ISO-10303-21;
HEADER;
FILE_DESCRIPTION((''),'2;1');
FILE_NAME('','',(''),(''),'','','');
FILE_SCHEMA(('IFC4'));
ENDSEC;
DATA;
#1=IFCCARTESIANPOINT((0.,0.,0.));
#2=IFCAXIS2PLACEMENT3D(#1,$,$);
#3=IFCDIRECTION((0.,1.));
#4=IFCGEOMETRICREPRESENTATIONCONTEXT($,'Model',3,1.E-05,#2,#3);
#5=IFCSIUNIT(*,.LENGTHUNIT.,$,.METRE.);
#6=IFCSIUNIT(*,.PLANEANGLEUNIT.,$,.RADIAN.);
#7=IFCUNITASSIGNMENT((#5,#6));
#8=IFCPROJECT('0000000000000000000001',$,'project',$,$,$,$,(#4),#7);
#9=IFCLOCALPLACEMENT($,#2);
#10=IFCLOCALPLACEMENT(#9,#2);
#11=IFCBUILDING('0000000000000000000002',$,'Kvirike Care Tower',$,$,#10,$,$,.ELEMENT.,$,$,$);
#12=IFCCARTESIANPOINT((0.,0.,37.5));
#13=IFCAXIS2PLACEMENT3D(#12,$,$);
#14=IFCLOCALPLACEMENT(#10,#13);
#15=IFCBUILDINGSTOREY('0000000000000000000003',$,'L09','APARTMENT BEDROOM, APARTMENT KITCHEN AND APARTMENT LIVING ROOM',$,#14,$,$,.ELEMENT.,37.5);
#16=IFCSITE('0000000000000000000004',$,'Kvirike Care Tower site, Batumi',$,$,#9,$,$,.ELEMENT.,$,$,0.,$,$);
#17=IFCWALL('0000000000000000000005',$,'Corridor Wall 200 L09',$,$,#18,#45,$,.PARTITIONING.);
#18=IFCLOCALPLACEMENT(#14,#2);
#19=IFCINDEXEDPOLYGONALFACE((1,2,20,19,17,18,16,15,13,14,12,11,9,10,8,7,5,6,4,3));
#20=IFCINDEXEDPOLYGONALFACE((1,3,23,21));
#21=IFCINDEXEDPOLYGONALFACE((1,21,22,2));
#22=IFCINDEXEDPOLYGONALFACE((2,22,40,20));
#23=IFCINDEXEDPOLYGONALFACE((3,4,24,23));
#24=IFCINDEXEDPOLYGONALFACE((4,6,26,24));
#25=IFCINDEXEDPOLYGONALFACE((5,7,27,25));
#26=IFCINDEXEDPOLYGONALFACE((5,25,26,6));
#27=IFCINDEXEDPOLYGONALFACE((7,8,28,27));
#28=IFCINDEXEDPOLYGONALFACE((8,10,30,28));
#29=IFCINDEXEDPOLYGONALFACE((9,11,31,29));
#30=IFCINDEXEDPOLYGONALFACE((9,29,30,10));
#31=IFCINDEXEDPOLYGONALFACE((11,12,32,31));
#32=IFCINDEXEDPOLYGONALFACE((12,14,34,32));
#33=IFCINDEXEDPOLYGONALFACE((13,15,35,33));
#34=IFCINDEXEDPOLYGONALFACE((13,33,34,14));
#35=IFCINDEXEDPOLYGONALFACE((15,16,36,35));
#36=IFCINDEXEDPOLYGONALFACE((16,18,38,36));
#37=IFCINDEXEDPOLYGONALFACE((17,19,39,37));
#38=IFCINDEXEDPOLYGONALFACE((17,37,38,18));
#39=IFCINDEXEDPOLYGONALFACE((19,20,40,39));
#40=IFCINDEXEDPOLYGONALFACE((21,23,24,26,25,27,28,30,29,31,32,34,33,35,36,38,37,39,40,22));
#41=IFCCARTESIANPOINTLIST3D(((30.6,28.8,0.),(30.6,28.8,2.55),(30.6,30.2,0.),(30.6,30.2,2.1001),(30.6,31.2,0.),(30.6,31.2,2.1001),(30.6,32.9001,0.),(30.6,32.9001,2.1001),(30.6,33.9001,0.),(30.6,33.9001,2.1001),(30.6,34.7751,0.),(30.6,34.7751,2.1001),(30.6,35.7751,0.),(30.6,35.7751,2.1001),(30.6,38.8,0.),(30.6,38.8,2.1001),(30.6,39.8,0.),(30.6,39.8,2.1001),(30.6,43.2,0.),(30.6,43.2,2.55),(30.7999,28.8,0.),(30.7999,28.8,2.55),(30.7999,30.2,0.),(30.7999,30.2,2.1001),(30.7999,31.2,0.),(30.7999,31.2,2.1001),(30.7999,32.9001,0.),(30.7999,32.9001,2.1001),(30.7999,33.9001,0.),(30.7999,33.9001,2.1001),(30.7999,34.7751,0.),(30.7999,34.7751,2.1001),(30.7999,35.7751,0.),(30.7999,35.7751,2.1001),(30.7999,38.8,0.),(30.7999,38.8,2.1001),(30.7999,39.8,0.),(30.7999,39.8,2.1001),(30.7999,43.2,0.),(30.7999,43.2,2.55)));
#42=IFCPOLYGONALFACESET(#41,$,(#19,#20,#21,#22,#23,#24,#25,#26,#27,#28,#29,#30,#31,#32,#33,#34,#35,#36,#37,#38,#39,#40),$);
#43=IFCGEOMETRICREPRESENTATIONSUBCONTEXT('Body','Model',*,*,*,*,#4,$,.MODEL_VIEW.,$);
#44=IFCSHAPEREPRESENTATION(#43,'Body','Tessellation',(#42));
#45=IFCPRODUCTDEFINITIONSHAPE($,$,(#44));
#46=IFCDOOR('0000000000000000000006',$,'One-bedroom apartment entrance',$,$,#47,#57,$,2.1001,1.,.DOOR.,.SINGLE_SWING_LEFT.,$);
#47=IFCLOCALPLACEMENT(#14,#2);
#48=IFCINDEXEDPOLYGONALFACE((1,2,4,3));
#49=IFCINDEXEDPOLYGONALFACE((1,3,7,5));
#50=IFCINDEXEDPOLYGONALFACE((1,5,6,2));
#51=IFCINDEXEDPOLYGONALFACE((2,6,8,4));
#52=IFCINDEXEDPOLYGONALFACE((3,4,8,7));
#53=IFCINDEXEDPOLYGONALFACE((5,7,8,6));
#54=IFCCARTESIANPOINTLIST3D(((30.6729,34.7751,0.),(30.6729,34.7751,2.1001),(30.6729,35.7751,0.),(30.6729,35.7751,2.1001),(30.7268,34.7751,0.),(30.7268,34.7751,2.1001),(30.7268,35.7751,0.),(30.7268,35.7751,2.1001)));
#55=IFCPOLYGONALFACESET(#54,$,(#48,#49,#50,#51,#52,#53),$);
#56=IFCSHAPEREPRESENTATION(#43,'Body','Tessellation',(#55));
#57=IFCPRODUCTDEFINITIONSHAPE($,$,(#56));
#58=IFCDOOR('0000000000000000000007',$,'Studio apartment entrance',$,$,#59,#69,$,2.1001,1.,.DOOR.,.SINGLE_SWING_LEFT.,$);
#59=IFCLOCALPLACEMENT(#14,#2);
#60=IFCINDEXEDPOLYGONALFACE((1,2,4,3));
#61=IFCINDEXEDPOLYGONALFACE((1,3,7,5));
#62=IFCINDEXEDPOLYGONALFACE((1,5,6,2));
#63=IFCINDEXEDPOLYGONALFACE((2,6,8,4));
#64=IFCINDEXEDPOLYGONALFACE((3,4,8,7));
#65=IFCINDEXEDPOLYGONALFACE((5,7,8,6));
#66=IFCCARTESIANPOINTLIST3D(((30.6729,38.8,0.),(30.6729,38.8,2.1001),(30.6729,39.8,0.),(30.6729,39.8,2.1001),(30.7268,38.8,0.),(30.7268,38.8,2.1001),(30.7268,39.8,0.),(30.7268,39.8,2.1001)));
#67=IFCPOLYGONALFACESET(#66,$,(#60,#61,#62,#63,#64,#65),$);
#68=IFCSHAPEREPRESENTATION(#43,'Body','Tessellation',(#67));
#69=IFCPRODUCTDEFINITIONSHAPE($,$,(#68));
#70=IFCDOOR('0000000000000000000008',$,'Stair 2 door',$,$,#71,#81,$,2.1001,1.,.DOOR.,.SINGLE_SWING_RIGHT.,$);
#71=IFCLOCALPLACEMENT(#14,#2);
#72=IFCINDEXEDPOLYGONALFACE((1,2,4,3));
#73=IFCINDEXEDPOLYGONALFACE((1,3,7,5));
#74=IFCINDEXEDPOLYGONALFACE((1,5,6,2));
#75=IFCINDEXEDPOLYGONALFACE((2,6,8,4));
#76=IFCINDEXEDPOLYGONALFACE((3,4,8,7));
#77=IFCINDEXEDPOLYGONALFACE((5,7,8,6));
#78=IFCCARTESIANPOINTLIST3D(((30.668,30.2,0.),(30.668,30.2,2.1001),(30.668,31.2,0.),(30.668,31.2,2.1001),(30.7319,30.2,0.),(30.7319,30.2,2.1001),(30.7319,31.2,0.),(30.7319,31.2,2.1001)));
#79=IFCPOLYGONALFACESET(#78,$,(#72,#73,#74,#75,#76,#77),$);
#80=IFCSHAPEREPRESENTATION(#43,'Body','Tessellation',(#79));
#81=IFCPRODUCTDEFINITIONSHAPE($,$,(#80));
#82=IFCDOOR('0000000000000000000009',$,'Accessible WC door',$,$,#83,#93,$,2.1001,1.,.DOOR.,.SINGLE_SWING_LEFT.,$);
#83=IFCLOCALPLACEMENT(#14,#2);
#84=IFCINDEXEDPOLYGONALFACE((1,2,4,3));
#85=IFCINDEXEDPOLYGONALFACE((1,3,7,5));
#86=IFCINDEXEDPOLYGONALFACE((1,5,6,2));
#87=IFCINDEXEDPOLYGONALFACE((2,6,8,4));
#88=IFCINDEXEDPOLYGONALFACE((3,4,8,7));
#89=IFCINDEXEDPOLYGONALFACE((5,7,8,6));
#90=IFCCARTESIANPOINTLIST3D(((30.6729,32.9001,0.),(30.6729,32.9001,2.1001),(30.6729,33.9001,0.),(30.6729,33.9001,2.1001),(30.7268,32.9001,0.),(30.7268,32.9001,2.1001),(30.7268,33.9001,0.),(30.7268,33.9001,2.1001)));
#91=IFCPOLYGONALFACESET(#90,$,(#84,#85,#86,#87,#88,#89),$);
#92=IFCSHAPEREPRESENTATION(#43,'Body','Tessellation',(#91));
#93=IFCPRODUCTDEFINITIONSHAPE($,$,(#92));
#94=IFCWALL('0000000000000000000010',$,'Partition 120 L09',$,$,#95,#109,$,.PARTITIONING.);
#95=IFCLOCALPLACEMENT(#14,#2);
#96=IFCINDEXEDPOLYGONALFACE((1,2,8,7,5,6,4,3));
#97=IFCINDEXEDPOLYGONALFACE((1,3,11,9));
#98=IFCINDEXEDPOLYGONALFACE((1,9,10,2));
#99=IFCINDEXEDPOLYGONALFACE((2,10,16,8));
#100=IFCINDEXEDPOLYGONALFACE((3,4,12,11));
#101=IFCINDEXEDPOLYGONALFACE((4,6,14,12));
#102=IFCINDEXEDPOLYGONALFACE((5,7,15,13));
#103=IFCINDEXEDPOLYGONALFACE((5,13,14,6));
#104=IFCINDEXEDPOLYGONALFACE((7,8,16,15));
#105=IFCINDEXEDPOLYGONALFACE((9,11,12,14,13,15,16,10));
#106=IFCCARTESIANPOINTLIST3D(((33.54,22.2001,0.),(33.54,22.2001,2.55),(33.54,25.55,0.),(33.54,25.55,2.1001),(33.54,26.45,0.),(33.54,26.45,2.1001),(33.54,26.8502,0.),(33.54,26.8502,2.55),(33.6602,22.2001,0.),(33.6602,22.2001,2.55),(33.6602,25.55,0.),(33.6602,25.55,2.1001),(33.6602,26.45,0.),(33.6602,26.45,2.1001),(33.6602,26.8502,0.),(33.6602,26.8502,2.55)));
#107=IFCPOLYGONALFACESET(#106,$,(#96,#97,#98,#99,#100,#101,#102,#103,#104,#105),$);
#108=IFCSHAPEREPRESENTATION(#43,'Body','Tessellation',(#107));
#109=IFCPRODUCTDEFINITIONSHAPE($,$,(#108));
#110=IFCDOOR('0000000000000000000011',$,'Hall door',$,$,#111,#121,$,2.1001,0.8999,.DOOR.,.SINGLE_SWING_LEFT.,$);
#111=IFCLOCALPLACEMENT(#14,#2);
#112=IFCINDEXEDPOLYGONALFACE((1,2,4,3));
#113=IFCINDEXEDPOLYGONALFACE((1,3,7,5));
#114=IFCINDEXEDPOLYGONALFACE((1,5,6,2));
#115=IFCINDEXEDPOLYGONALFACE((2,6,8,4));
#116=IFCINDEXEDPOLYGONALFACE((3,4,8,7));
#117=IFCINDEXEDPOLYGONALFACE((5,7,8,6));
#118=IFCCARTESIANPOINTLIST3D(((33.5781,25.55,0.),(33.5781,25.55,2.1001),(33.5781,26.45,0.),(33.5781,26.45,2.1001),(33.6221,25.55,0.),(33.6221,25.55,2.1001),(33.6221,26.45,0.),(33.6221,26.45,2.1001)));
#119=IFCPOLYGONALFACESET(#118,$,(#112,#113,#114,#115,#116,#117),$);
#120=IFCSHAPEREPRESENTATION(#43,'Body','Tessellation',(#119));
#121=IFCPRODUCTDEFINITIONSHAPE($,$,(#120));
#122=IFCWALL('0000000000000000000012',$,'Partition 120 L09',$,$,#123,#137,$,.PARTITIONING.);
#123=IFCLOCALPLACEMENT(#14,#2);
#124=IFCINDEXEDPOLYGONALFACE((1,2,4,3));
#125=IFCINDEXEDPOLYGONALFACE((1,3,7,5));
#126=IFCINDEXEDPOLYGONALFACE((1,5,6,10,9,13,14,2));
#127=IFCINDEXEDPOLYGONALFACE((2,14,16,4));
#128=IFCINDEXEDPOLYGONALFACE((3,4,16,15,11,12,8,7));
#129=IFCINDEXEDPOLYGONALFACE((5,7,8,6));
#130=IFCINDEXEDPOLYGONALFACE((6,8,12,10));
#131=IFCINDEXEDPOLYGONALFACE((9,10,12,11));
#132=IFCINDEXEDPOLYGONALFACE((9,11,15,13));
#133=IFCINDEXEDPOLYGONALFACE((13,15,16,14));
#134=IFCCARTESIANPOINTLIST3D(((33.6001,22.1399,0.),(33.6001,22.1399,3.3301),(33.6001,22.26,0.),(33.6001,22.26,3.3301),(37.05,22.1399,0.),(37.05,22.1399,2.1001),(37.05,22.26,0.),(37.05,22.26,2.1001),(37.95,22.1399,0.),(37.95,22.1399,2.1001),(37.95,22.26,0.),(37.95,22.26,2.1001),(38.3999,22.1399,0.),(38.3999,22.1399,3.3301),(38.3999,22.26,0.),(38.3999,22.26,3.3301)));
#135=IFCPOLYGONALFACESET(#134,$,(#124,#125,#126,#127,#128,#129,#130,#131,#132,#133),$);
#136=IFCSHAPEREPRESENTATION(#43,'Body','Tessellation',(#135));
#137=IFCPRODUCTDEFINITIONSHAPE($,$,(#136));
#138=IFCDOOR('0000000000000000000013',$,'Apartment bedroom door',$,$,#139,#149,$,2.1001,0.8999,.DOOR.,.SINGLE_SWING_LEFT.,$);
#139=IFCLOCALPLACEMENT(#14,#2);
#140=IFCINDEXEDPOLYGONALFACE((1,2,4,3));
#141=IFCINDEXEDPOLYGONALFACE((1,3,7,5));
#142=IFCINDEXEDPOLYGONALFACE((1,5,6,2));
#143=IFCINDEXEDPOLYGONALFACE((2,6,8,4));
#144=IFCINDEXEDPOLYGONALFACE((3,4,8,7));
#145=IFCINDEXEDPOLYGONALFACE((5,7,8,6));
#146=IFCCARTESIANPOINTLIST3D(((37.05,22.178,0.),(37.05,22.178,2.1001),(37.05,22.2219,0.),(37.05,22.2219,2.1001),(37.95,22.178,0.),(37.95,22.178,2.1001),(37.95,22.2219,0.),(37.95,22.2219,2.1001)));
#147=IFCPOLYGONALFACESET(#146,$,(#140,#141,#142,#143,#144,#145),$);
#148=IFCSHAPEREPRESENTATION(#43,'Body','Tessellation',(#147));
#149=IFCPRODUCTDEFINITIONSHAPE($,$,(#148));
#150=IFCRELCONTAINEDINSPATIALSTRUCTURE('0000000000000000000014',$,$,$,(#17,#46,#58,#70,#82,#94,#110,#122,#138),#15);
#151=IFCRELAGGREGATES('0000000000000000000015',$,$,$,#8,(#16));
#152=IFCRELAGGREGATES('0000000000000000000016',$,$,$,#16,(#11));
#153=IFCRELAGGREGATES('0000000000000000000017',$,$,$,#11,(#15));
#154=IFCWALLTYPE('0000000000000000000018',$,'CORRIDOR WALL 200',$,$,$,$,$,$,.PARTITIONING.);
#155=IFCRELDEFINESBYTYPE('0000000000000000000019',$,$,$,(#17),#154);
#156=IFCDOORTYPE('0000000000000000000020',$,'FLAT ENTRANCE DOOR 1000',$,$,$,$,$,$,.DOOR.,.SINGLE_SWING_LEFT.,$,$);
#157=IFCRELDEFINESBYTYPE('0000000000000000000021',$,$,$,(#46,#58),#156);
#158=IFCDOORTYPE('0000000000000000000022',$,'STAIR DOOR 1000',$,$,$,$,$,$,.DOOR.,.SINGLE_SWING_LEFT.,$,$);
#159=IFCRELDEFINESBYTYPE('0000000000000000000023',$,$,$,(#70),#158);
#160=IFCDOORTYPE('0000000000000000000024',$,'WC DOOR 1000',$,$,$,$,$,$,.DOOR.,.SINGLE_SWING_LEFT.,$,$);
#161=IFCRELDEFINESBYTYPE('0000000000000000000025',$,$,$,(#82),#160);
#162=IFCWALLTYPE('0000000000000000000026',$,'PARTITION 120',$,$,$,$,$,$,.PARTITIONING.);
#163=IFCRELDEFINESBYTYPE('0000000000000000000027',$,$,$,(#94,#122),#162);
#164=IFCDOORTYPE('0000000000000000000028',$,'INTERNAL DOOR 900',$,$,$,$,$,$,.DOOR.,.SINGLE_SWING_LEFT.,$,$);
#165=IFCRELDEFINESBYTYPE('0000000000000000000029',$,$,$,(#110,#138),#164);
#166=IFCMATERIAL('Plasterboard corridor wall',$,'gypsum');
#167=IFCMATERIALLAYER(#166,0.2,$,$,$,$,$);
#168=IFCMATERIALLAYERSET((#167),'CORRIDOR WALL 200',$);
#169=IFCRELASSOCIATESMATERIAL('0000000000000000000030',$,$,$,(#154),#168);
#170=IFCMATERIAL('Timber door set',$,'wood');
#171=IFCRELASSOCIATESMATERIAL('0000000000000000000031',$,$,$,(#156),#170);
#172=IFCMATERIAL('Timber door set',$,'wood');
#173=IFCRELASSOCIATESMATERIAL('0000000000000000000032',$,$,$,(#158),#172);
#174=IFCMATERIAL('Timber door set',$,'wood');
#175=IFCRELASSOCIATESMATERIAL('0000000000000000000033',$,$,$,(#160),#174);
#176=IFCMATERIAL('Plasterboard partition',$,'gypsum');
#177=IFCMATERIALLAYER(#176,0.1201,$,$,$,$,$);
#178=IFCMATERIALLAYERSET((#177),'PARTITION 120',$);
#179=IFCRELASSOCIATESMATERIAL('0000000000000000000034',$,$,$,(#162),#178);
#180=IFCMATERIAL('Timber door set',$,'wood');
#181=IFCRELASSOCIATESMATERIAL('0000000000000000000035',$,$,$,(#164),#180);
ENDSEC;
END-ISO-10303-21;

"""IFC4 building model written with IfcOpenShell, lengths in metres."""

from ifc_helpers import new_model, si_unit, direction, frame, frame_2d, origin, place, context, subcontext, project, spatial, rectangle, extrude, material, layer, layer_set, type_object, element, fill, save


model = new_model("IFC4")

# Units and contexts
model_context = context("Model", 3, precision=1e-05, world=origin(), true_north=direction((0.0, 1.0)))
body_context = subcontext(model_context, "Body", "Model", "MODEL_VIEW")
ifc_project = project(units=[si_unit("LENGTHUNIT", "METRE"), si_unit("PLANEANGLEUNIT", "RADIAN")], contexts=[model_context])

# Site, building, storey
site_placement = place(None, origin())
site = spatial("IfcSite", under=ifc_project, at=site_placement, Name="Kvirike Care Tower site, Batumi", CompositionType="ELEMENT", RefElevation=0.0)
building_placement = place(site_placement, origin())
building = spatial("IfcBuilding", under=site, at=building_placement, Name="Kvirike Care Tower", CompositionType="ELEMENT")
storey_placement = place(building_placement, frame((0.0, 0.0, 37.5)))
storey = spatial("IfcBuildingStorey", under=building, at=storey_placement, Name="L09", Description="APARTMENT BEDROOM, APARTMENT KITCHEN AND APARTMENT LIVING ROOM", CompositionType="ELEMENT", Elevation=37.5)

# Shared definitions
ifc_material_1 = material(Name="Plasterboard corridor wall", Category="gypsum")
ifc_layer_1 = layer(ifc_material_1, 0.2)
ifc_layer_set_1 = layer_set([ifc_layer_1], Name="CORRIDOR WALL 200")
wall_type_1 = type_object("IfcWallType", Name="CORRIDOR WALL 200", PredefinedType="PARTITIONING", material=ifc_layer_set_1)
ifc_material_2 = material(Name="Timber door set", Category="wood")
door_type_1 = type_object("IfcDoorType", Name="FLAT ENTRANCE DOOR 1000", OperationType="SINGLE_SWING_LEFT", PredefinedType="DOOR", material=ifc_material_2)

# Wall, openings, doors
wall_1_placement = place(storey_placement, frame((30.7, 28.8, 0.0), z_axis=(0.0, 0.0, 1.0), x_axis=(0.0, 1.0, 0.0)))
wall_1 = element("IfcWall", 1, at=wall_1_placement, inside=storey, type_object=wall_type_1, Name="Corridor Wall 200 L09", PredefinedType="PARTITIONING", context=body_context, shape_type="SweptSolid", body=[
    extrude(rectangle(XDim=14.3999, YDim=0.2, at=frame_2d((7.2, 0.0))), origin(), (0.0, 0.0, 1.0), 2.55),
])
opening_1_placement = place(wall_1_placement, frame((1.3999, 0.0, 0.0)))
opening_1 = element("IfcOpeningElement", 2, at=opening_1_placement, cuts=wall_1, PredefinedType="OPENING", context=body_context, shape_type="SweptSolid", body=[
    extrude(rectangle(XDim=1.0, YDim=2.1001, at=frame_2d((0.5, 1.05))), frame((0.0, 0.1106, 0.0), z_axis=(0.0, -1.0, 0.0), x_axis=(1.0, 0.0, 0.0)), (0.0, 0.0, 1.0), 0.2209),
])
opening_2_placement = place(wall_1_placement, frame((4.1001, 0.0, 0.0)))
opening_2 = element("IfcOpeningElement", 3, at=opening_2_placement, cuts=wall_1, PredefinedType="OPENING", context=body_context, shape_type="SweptSolid", body=[
    extrude(rectangle(XDim=1.0, YDim=2.1001, at=frame_2d((0.5, 1.05))), frame((0.0, 0.1106, 0.0), z_axis=(0.0, -1.0, 0.0), x_axis=(1.0, 0.0, 0.0)), (0.0, 0.0, 1.0), 0.2209),
])
opening_3_placement = place(wall_1_placement, frame((5.9751, 0.0, 0.0)))
opening_3 = element("IfcOpeningElement", 4, at=opening_3_placement, cuts=wall_1, PredefinedType="OPENING", context=body_context, shape_type="SweptSolid", body=[
    extrude(rectangle(XDim=1.0, YDim=2.1001, at=frame_2d((0.5, 1.05))), frame((0.0, 0.1106, 0.0), z_axis=(0.0, -1.0, 0.0), x_axis=(1.0, 0.0, 0.0)), (0.0, 0.0, 1.0), 0.2209),
])
opening_4_placement = place(wall_1_placement, frame((10.0, 0.0, 0.0)))
opening_4 = element("IfcOpeningElement", 5, at=opening_4_placement, cuts=wall_1, PredefinedType="OPENING", context=body_context, shape_type="SweptSolid", body=[
    extrude(rectangle(XDim=1.0, YDim=2.1001, at=frame_2d((0.5, 1.05))), frame((0.0, 0.1106, 0.0), z_axis=(0.0, -1.0, 0.0), x_axis=(1.0, 0.0, 0.0)), (0.0, 0.0, 1.0), 0.2209),
])
door_1_placement = place(opening_3_placement, frame((1.0, 0.0, 0.0), z_axis=(0.0, 0.0, 1.0), x_axis=(-1.0, 0.0, 0.0)))
door_1 = element("IfcDoor", 6, at=door_1_placement, inside=storey, type_object=door_type_1, Name="One-bedroom apartment entrance", OperationType="SINGLE_SWING_LEFT", OverallHeight=2.1001, OverallWidth=1.0, PredefinedType="DOOR", context=body_context, shape_type="SweptSolid", body=[
    extrude(rectangle(XDim=1.0, YDim=2.1001, at=frame_2d((0.5, 1.05))), frame((0.0, 0.0269, 0.0), z_axis=(0.0, -1.0, 0.0), x_axis=(1.0, 0.0, 0.0)), (0.0, 0.0, 1.0), 0.054),
])
fill(opening_3, door_1)
door_2_placement = place(opening_4_placement, frame((1.0, 0.0, 0.0), z_axis=(0.0, 0.0, 1.0), x_axis=(-1.0, 0.0, 0.0)))
door_2 = element("IfcDoor", 7, at=door_2_placement, inside=storey, type_object=door_type_1, Name="Studio apartment entrance", OperationType="SINGLE_SWING_LEFT", OverallHeight=2.1001, OverallWidth=1.0, PredefinedType="DOOR", context=body_context, shape_type="SweptSolid", body=[
    extrude(rectangle(XDim=1.0, YDim=2.1001, at=frame_2d((0.5, 1.05))), frame((0.0, 0.0269, 0.0), z_axis=(0.0, -1.0, 0.0), x_axis=(1.0, 0.0, 0.0)), (0.0, 0.0, 1.0), 0.054),
])
fill(opening_4, door_2)
ifc_material_3 = material(Name="Timber door set", Category="wood")
door_type_2 = type_object("IfcDoorType", Name="STAIR DOOR 1000", OperationType="SINGLE_SWING_LEFT", PredefinedType="DOOR", material=ifc_material_3)
door_3_placement = place(opening_1_placement, frame((1.0, 0.0, 0.0), z_axis=(0.0, 0.0, 1.0), x_axis=(-1.0, 0.0, 0.0)))
door_3 = element("IfcDoor", 8, at=door_3_placement, inside=storey, type_object=door_type_2, Name="Stair 2 door", OperationType="SINGLE_SWING_RIGHT", OverallHeight=2.1001, OverallWidth=1.0, PredefinedType="DOOR", context=body_context, shape_type="SweptSolid", body=[
    extrude(rectangle(XDim=1.0, YDim=2.1001, at=frame_2d((0.5, 1.05))), frame((0.0, 0.032, 0.0), z_axis=(0.0, -1.0, 0.0), x_axis=(1.0, 0.0, 0.0)), (0.0, 0.0, 1.0), 0.064),
])
fill(opening_1, door_3)
ifc_material_4 = material(Name="Timber door set", Category="wood")
door_type_3 = type_object("IfcDoorType", Name="WC DOOR 1000", OperationType="SINGLE_SWING_LEFT", PredefinedType="DOOR", material=ifc_material_4)
door_4_placement = place(opening_2_placement, frame((1.0, 0.0, 0.0), z_axis=(0.0, 0.0, 1.0), x_axis=(-1.0, 0.0, 0.0)))
door_4 = element("IfcDoor", 9, at=door_4_placement, inside=storey, type_object=door_type_3, Name="Accessible WC door", OperationType="SINGLE_SWING_LEFT", OverallHeight=2.1001, OverallWidth=1.0, PredefinedType="DOOR", context=body_context, shape_type="SweptSolid", body=[
    extrude(rectangle(XDim=1.0, YDim=2.1001, at=frame_2d((0.5, 1.05))), frame((0.0, 0.0269, 0.0), z_axis=(0.0, -1.0, 0.0), x_axis=(1.0, 0.0, 0.0)), (0.0, 0.0, 1.0), 0.054),
])
fill(opening_2, door_4)

# Walls, openings, doors
ifc_material_5 = material(Name="Plasterboard partition", Category="gypsum")
ifc_layer_2 = layer(ifc_material_5, 0.1201)
ifc_layer_set_2 = layer_set([ifc_layer_2], Name="PARTITION 120")
wall_type_2 = type_object("IfcWallType", Name="PARTITION 120", PredefinedType="PARTITIONING", material=ifc_layer_set_2)
wall_2_placement = place(storey_placement, frame((33.6001, 22.2, 0.0), z_axis=(0.0, 0.0, 1.0), x_axis=(0.0, 1.0, 0.0)))
wall_2 = element("IfcWall", 10, at=wall_2_placement, inside=storey, type_object=wall_type_2, Name="Partition 120 L09", PredefinedType="PARTITIONING", context=body_context, shape_type="SweptSolid", body=[
    extrude(rectangle(XDim=4.6501, YDim=0.1201, at=frame_2d((2.3252, 0.0))), origin(), (0.0, 0.0, 1.0), 2.55),
])
opening_5_placement = place(wall_2_placement, frame((3.3501, 0.0, 0.0)))
opening_5 = element("IfcOpeningElement", 11, at=opening_5_placement, cuts=wall_2, PredefinedType="OPENING", context=body_context, shape_type="SweptSolid", body=[
    extrude(rectangle(XDim=0.8999, YDim=2.1001, at=frame_2d((0.45, 1.05))), frame((0.0, 0.0706, 0.0), z_axis=(0.0, -1.0, 0.0), x_axis=(1.0, 0.0, 0.0)), (0.0, 0.0, 1.0), 0.1411),
])
ifc_material_6 = material(Name="Timber door set", Category="wood")
door_type_4 = type_object("IfcDoorType", Name="INTERNAL DOOR 900", OperationType="SINGLE_SWING_LEFT", PredefinedType="DOOR", material=ifc_material_6)
door_5_placement = place(opening_5_placement, origin())
door_5 = element("IfcDoor", 12, at=door_5_placement, inside=storey, type_object=door_type_4, Name="Hall door", OperationType="SINGLE_SWING_LEFT", OverallHeight=2.1001, OverallWidth=0.8999, PredefinedType="DOOR", context=body_context, shape_type="SweptSolid", body=[
    extrude(rectangle(XDim=0.8999, YDim=2.1001, at=frame_2d((0.45, 1.05))), frame((0.0, 0.022, 0.0), z_axis=(0.0, -1.0, 0.0), x_axis=(1.0, 0.0, 0.0)), (0.0, 0.0, 1.0), 0.0439),
])
fill(opening_5, door_5)
wall_3_placement = place(storey_placement, frame((33.6001, 22.2, 0.0), z_axis=(0.0, 0.0, 1.0), x_axis=(1.0, 0.0, 0.0)))
wall_3 = element("IfcWall", 13, at=wall_3_placement, inside=storey, type_object=wall_type_2, Name="Partition 120 L09", PredefinedType="PARTITIONING", context=body_context, shape_type="SweptSolid", body=[
    extrude(rectangle(XDim=4.7998, YDim=0.1201, at=frame_2d((2.3999, 0.0))), origin(), (0.0, 0.0, 1.0), 3.3301),
])
opening_6_placement = place(wall_3_placement, frame((3.45, 0.0, 0.0)))
opening_6 = element("IfcOpeningElement", 14, at=opening_6_placement, cuts=wall_3, PredefinedType="OPENING", context=body_context, shape_type="SweptSolid", body=[
    extrude(rectangle(XDim=0.8999, YDim=2.1001, at=frame_2d((0.45, 1.05))), frame((0.0, 0.0706, 0.0), z_axis=(0.0, -1.0, 0.0), x_axis=(1.0, 0.0, 0.0)), (0.0, 0.0, 1.0), 0.1411),
])
door_6_placement = place(opening_6_placement, origin())
door_6 = element("IfcDoor", 15, at=door_6_placement, inside=storey, type_object=door_type_4, Name="Apartment bedroom door", OperationType="SINGLE_SWING_LEFT", OverallHeight=2.1001, OverallWidth=0.8999, PredefinedType="DOOR", context=body_context, shape_type="SweptSolid", body=[
    extrude(rectangle(XDim=0.8999, YDim=2.1001, at=frame_2d((0.45, 1.05))), frame((0.0, 0.022, 0.0), z_axis=(0.0, -1.0, 0.0), x_axis=(1.0, 0.0, 0.0)), (0.0, 0.0, 1.0), 0.0439),
])
fill(opening_6, door_6)

save(model, "model.ifc")
